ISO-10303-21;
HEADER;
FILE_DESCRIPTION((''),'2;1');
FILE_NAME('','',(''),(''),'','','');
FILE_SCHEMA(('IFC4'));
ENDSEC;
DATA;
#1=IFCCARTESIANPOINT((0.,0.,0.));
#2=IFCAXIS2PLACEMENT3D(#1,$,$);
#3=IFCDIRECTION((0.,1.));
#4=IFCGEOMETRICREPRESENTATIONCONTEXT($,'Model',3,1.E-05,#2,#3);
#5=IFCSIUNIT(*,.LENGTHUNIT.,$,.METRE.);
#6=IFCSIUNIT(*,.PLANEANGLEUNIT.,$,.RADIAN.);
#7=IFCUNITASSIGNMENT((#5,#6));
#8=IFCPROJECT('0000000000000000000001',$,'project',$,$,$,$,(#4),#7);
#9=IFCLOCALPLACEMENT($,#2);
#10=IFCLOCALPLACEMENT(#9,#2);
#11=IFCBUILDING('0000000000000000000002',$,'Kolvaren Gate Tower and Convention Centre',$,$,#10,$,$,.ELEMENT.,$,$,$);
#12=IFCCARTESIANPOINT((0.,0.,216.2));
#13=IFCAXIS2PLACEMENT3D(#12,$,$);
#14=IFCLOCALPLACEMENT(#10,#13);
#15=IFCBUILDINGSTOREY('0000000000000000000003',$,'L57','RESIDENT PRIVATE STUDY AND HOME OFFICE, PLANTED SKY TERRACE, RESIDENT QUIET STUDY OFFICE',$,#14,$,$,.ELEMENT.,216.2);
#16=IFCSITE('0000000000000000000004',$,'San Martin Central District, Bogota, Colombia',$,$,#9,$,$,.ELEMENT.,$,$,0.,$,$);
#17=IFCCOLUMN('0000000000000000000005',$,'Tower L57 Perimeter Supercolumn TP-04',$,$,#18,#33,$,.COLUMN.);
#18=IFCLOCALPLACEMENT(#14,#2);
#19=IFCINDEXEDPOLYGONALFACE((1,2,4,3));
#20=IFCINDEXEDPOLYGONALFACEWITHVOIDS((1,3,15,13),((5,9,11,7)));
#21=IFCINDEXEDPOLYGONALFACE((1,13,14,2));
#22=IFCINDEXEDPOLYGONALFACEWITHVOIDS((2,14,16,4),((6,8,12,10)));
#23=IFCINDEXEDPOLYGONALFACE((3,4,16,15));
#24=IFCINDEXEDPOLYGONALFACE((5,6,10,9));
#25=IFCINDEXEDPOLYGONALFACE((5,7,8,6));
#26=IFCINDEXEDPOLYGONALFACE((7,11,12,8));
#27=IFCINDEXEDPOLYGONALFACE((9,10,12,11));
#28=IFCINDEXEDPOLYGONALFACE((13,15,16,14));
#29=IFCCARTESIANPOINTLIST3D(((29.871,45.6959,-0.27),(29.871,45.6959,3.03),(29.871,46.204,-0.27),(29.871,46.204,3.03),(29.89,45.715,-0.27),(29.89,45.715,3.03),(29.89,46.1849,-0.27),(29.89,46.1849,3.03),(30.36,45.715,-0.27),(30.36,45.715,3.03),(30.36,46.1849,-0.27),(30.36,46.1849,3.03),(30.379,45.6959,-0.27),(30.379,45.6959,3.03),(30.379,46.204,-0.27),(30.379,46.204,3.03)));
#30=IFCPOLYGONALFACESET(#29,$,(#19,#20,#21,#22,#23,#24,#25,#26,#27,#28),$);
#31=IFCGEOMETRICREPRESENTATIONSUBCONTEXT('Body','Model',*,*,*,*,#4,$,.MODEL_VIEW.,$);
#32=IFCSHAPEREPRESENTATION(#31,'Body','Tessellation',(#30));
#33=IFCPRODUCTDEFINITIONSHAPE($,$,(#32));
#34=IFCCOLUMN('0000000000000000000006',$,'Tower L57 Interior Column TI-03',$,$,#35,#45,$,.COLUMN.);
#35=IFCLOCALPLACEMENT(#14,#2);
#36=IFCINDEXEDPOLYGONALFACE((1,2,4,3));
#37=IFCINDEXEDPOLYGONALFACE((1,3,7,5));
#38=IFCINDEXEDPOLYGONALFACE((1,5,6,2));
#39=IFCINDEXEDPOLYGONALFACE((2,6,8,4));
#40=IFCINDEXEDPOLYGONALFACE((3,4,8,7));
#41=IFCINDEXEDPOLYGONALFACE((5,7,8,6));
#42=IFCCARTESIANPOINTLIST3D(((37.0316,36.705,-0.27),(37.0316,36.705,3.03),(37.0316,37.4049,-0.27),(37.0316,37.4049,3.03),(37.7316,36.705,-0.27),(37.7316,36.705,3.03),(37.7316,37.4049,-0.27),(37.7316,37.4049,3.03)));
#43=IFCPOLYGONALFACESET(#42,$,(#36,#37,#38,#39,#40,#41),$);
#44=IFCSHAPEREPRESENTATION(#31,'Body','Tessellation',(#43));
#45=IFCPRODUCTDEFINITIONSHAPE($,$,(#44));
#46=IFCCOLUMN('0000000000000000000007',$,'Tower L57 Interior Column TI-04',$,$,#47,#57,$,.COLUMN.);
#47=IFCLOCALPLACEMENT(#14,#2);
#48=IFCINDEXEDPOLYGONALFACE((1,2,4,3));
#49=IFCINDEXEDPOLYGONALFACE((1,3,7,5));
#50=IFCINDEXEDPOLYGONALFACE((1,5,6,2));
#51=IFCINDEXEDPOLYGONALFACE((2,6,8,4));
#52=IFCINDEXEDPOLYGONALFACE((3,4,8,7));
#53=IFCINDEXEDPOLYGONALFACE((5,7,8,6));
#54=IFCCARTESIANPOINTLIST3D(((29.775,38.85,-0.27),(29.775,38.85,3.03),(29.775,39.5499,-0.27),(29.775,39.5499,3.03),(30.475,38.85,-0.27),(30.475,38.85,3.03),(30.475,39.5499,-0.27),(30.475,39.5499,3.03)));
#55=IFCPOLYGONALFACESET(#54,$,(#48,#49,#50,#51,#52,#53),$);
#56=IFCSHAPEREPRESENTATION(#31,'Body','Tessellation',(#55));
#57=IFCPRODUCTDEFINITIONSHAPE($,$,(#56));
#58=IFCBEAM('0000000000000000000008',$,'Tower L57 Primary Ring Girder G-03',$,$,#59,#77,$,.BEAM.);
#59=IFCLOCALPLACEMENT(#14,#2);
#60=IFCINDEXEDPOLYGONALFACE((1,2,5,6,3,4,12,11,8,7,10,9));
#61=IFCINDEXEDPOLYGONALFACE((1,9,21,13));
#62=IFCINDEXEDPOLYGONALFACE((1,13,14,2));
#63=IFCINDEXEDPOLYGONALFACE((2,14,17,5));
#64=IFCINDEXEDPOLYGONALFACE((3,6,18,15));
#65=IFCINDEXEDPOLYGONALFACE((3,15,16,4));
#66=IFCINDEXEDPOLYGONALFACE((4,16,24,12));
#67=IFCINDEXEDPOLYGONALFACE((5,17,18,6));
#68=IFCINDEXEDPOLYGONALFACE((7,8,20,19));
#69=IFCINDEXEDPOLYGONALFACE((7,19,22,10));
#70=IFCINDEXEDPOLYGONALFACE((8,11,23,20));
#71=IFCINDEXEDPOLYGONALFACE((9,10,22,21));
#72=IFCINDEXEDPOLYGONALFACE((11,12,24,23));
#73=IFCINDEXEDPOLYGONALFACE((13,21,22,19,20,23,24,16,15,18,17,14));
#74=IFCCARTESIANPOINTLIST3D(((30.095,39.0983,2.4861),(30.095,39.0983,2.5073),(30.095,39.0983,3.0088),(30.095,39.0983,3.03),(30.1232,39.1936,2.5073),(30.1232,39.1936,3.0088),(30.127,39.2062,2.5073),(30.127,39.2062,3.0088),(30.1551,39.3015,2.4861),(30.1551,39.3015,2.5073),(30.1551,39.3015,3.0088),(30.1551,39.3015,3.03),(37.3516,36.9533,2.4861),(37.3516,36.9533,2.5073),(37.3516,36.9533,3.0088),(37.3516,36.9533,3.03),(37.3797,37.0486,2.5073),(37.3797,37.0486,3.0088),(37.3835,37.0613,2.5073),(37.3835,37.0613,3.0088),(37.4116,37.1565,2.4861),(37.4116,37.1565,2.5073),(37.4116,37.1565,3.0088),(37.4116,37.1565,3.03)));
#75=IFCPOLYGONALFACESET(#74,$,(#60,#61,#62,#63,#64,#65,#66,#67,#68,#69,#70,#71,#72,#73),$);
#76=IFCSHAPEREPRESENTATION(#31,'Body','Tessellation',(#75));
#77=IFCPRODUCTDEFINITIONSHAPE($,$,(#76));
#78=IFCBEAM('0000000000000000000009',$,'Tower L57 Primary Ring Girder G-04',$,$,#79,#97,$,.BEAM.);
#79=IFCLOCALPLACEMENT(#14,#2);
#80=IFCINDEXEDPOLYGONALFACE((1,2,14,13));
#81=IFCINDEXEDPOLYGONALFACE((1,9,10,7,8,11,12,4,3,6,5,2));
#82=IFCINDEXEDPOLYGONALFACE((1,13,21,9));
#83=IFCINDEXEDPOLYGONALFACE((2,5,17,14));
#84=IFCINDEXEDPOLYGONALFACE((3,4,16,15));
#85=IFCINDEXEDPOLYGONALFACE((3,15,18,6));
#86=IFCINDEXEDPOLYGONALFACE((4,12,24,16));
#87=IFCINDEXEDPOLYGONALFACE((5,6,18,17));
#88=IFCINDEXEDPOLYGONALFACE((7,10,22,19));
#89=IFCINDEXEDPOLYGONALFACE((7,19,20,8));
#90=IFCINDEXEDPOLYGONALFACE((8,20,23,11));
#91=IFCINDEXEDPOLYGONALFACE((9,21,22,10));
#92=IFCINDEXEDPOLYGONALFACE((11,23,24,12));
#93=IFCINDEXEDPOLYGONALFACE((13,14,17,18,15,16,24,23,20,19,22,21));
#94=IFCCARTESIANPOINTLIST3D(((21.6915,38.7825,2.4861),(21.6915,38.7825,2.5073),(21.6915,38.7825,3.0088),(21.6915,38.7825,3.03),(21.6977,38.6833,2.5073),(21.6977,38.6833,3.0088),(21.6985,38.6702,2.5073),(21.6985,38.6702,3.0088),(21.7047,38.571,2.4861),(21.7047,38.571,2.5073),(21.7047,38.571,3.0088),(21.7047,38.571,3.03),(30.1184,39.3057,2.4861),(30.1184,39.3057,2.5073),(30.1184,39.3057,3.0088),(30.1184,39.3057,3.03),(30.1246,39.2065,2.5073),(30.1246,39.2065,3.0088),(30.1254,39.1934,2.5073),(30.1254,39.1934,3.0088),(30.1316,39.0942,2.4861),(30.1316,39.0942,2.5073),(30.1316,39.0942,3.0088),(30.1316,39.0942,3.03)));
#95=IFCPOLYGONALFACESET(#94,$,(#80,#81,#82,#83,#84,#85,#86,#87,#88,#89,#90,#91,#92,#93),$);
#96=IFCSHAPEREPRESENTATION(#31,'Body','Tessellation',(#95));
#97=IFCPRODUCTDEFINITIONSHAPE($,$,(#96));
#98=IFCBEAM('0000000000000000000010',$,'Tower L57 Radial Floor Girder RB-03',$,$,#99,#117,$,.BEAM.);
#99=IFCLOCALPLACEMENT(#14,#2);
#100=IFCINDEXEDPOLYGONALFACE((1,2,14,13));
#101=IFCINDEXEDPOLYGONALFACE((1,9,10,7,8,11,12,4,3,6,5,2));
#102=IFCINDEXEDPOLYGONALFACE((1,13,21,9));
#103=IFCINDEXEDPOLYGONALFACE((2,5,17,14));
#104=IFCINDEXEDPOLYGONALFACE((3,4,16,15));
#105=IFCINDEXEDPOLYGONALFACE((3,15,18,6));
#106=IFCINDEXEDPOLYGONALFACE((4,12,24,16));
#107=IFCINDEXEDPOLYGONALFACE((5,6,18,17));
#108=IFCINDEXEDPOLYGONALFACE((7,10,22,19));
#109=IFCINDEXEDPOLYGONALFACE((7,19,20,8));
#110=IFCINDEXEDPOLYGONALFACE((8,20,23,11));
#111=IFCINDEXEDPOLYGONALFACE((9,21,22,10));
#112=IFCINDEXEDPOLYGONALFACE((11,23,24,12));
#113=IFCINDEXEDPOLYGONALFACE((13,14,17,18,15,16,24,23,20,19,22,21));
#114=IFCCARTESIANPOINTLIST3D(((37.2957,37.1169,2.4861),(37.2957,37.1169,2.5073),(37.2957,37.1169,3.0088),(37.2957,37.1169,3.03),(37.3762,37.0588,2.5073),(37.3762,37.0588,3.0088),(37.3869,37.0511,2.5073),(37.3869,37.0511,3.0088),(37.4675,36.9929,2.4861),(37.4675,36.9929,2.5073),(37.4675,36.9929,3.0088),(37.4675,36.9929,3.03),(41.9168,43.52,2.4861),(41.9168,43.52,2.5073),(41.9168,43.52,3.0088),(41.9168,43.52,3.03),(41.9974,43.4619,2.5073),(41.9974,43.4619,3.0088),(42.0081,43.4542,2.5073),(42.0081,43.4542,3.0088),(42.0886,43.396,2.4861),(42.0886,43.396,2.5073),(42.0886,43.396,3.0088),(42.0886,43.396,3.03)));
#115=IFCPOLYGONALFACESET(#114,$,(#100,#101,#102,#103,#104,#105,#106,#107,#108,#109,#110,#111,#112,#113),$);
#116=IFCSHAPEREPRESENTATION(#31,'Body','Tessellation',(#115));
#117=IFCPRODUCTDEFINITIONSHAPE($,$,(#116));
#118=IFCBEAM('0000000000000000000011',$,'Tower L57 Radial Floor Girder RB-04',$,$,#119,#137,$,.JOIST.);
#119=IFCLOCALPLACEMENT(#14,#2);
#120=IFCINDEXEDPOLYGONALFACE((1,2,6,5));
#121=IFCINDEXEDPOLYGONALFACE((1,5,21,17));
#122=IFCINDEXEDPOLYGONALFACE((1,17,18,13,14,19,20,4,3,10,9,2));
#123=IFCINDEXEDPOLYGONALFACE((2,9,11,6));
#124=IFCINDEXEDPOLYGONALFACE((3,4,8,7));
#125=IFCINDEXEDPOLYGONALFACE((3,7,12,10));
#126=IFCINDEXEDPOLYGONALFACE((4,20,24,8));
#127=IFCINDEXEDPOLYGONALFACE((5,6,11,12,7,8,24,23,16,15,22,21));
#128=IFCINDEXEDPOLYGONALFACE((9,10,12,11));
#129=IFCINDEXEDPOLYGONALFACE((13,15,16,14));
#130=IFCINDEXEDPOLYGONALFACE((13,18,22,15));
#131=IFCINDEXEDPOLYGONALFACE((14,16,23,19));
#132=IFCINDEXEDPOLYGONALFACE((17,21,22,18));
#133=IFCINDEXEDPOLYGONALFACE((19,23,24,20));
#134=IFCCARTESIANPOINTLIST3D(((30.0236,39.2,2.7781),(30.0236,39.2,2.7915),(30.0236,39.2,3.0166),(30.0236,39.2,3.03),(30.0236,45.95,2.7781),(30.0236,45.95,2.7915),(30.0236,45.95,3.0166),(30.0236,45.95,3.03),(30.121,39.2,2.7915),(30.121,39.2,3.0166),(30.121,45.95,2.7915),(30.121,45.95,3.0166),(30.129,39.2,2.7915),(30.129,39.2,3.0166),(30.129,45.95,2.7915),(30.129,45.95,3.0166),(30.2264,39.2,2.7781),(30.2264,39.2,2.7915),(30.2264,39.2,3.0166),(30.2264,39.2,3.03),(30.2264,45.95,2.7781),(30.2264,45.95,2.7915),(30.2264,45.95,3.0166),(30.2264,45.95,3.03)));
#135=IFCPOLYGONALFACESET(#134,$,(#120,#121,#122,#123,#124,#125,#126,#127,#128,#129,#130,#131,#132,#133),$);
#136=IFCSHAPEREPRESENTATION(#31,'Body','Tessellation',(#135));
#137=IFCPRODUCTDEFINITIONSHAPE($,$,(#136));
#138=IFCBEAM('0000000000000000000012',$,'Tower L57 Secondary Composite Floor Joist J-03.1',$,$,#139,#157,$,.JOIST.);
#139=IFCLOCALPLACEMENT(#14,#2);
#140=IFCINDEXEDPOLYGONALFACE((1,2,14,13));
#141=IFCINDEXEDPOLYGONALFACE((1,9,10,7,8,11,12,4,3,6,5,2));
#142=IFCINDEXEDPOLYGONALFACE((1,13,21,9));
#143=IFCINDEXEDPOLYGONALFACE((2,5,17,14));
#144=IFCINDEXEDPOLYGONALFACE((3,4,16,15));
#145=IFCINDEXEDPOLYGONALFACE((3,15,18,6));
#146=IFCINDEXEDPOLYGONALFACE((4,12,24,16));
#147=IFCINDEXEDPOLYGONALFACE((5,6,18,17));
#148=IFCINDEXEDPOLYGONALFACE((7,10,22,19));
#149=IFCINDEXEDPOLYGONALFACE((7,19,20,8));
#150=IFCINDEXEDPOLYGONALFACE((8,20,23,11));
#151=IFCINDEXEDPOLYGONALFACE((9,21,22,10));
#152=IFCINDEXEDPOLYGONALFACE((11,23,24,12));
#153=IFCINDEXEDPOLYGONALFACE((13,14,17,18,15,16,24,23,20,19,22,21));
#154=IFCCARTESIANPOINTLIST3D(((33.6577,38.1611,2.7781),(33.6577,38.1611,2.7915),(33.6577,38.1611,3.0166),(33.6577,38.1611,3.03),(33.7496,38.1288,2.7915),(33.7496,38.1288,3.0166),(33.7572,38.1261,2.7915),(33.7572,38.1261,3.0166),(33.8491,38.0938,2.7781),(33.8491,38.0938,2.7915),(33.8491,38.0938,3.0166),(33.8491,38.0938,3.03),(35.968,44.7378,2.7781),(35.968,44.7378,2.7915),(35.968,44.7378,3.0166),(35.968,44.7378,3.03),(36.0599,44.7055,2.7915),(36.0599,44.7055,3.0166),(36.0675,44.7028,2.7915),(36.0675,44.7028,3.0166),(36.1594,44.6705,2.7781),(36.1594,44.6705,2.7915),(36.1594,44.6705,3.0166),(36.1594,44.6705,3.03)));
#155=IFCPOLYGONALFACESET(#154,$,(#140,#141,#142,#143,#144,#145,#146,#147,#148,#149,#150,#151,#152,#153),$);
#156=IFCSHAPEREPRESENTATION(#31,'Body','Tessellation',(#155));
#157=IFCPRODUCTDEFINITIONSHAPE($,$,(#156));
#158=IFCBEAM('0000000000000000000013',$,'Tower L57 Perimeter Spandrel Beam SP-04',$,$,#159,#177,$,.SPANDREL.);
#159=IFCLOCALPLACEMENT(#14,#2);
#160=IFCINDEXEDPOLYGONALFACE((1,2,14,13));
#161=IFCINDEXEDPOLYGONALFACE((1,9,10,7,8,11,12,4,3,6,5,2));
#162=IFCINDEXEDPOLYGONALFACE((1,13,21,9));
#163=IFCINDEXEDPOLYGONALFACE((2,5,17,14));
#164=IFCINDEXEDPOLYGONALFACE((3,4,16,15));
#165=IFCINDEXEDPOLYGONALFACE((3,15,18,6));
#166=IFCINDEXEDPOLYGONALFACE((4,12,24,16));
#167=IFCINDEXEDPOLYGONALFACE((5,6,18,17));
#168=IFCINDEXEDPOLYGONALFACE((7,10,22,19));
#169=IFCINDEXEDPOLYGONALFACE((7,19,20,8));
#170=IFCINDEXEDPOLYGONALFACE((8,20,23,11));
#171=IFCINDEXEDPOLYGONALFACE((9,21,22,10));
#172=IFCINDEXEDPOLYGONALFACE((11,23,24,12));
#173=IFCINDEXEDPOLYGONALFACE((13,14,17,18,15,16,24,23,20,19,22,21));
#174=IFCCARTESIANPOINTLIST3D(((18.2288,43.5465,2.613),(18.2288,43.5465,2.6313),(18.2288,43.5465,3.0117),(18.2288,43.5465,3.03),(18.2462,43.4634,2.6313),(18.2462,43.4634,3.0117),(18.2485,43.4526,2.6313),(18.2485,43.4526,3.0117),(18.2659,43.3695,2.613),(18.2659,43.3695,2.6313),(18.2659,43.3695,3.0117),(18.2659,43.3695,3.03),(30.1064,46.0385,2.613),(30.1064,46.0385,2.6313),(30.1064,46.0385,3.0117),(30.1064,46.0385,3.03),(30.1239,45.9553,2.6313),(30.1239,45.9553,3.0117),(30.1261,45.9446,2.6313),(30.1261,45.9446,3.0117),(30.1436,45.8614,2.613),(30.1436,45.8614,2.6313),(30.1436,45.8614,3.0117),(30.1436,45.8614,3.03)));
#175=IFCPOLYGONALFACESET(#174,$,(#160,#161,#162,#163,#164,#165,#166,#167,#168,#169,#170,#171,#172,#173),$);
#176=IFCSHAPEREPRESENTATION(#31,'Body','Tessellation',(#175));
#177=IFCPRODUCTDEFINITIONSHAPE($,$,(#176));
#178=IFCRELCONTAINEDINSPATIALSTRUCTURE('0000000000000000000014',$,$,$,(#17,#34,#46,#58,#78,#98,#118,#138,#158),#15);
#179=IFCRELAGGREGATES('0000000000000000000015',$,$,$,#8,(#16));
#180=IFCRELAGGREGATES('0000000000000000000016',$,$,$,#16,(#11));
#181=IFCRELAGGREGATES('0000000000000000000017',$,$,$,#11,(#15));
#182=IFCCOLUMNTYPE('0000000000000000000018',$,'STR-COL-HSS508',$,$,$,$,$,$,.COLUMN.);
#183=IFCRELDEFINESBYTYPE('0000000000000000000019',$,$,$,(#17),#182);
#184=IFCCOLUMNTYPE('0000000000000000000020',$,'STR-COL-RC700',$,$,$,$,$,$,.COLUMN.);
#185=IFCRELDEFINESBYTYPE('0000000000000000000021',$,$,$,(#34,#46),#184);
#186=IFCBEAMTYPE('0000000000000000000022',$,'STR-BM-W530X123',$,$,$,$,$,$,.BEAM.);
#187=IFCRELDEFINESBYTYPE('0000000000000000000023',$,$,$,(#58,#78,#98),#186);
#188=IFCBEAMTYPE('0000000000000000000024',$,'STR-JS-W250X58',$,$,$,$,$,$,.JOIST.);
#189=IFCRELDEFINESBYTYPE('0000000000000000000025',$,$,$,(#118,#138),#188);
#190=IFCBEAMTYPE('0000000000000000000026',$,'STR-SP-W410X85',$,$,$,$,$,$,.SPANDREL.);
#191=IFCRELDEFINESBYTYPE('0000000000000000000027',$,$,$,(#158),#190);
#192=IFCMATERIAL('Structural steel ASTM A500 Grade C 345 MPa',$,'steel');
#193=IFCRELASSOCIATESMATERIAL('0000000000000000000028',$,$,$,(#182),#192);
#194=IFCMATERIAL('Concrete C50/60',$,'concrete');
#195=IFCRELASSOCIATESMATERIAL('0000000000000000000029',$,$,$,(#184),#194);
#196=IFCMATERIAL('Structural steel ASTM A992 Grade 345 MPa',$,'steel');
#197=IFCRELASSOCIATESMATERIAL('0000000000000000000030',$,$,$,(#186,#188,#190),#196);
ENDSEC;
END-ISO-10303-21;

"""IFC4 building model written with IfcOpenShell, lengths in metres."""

from ifc_helpers import new_model, si_unit, direction, frame, origin, origin_2d, place, context, subcontext, project, spatial, rectangle, hollow_rectangle, i_section, extrude, material, material_profile, profile_set, type_object, element, save


model = new_model("IFC4")

# Units and contexts
model_context = context("Model", 3, precision=1e-05, world=origin(), true_north=direction((0.0, 1.0)))
body_context = subcontext(model_context, "Body", "Model", "MODEL_VIEW")
ifc_project = project(units=[si_unit("LENGTHUNIT", "METRE"), si_unit("PLANEANGLEUNIT", "RADIAN")], contexts=[model_context])

# Site, building, storey
site_placement = place(None, origin())
site = spatial("IfcSite", under=ifc_project, at=site_placement, Name="San Martin Central District, Bogota, Colombia", CompositionType="ELEMENT", RefElevation=0.0)
building_placement = place(site_placement, origin())
building = spatial("IfcBuilding", under=site, at=building_placement, Name="Kolvaren Gate Tower and Convention Centre", CompositionType="ELEMENT")
storey_placement = place(building_placement, frame((0.0, 0.0, 216.2)))
storey = spatial("IfcBuildingStorey", under=building, at=storey_placement, Name="L57", Description="RESIDENT PRIVATE STUDY AND HOME OFFICE, PLANTED SKY TERRACE, RESIDENT QUIET STUDY OFFICE", CompositionType="ELEMENT", Elevation=216.2)

# Columns
ifc_material_1 = material(Name="Structural steel ASTM A500 Grade C 345 MPa", Category="steel")
ifc_material_profile_1 = material_profile(ifc_material_1, hollow_rectangle(XDim=0.5081, YDim=0.5081, WallThickness=0.019, at=origin_2d()), Name="HSS508X508X19.1")
ifc_profile_set_1 = profile_set([ifc_material_profile_1], Name="Structural steel ASTM A500 Grade C 345 MPa")
column_type_1 = type_object("IfcColumnType", Name="STR-COL-HSS508", PredefinedType="COLUMN", material=ifc_profile_set_1)
column_placement = place(storey_placement, frame((30.125, 45.95, -0.27), z_axis=(0.0, 0.0, 1.0), x_axis=(1.0, 0.0, 0.0)))
element("IfcColumn", 1, at=column_placement, inside=storey, type_object=column_type_1, Name="Tower L57 Perimeter Supercolumn TP-04", PredefinedType="COLUMN", context=body_context, shape_type="SweptSolid", body=[
    extrude(hollow_rectangle(XDim=0.5081, YDim=0.5081, WallThickness=0.019, at=origin_2d()), origin(), (0.0, 0.0, 1.0), 3.3),
])
ifc_material_2 = material(Name="Concrete C50/60", Category="concrete")
ifc_material_profile_2 = material_profile(ifc_material_2, rectangle(XDim=0.7, YDim=0.7, at=origin_2d()), Name="RC-COL-700X700")
ifc_profile_set_2 = profile_set([ifc_material_profile_2], Name="Concrete C50/60")
column_type_2 = type_object("IfcColumnType", Name="STR-COL-RC700", PredefinedType="COLUMN", material=ifc_profile_set_2)
for number, where, z_axis, x_axis, name in (
    (2, (37.3816, 37.0549, -0.27), (0.0, 0.0, 1.0), (1.0, 0.0, 0.0), "Tower L57 Interior Column TI-03"),
    (3, (30.125, 39.2, -0.27), (0.0, 0.0, 1.0), (1.0, 0.0, 0.0), "Tower L57 Interior Column TI-04"),
):
    element("IfcColumn", number, at=place(storey_placement, frame(where, z_axis=z_axis, x_axis=x_axis)), inside=storey, type_object=column_type_2, Name=name, PredefinedType="COLUMN", context=body_context, shape_type="SweptSolid", body=[
        extrude(rectangle(XDim=0.7, YDim=0.7, at=origin_2d()), origin(), (0.0, 0.0, 1.0), 3.3),
    ])

# Beams
ifc_material_3 = material(Name="Structural steel ASTM A992 Grade 345 MPa", Category="steel")
ifc_material_profile_3 = material_profile(ifc_material_3, i_section(OverallWidth=0.2119, OverallDepth=0.5439, WebThickness=0.0132, FlangeThickness=0.0212, at=origin_2d()), Name="W530X123")
ifc_profile_set_3 = profile_set([ifc_material_profile_3], Name="Structural steel ASTM A992 Grade 345 MPa")
beam_type_1 = type_object("IfcBeamType", Name="STR-BM-W530X123", PredefinedType="BEAM", material=ifc_profile_set_3)
beam_1_placement = place(storey_placement, frame((37.3816, 37.0549, 2.7581), z_axis=(-0.958981, 0.283471, 0.0), x_axis=(-0.283471, -0.958981, 0.0)))
element("IfcBeam", 4, at=beam_1_placement, inside=storey, type_object=beam_type_1, Name="Tower L57 Primary Ring Girder G-03", PredefinedType="BEAM", context=body_context, shape_type="SweptSolid", body=[
    extrude(i_section(OverallWidth=0.2119, OverallDepth=0.5439, WebThickness=0.0132, FlangeThickness=0.0212, at=origin_2d()), origin(), (0.0, 0.0, 1.0), 7.5669),
])
beam_2_placement = place(storey_placement, frame((30.125, 39.2, 2.7581), z_axis=(-0.998078, -0.061966, 0.0), x_axis=(0.061966, -0.998078, 0.0)))
element("IfcBeam", 5, at=beam_2_placement, inside=storey, type_object=beam_type_1, Name="Tower L57 Primary Ring Girder G-04", PredefinedType="BEAM", context=body_context, shape_type="SweptSolid", body=[
    extrude(i_section(OverallWidth=0.2119, OverallDepth=0.5439, WebThickness=0.0132, FlangeThickness=0.0212, at=origin_2d()), origin(), (0.0, 0.0, 1.0), 8.4431),
])
beam_3_placement = place(storey_placement, frame((37.3816, 37.0549, 2.7581), z_axis=(0.585212, 0.810881, 0.0), x_axis=(-0.810881, 0.585212, 0.0)))
element("IfcBeam", 6, at=beam_3_placement, inside=storey, type_object=beam_type_1, Name="Tower L57 Radial Floor Girder RB-03", PredefinedType="BEAM", context=body_context, shape_type="SweptSolid", body=[
    extrude(i_section(OverallWidth=0.2119, OverallDepth=0.5439, WebThickness=0.0132, FlangeThickness=0.0212, at=origin_2d()), origin(), (0.0, 0.0, 1.0), 7.8965),
])
ifc_material_profile_4 = material_profile(ifc_material_3, i_section(OverallWidth=0.2029, OverallDepth=0.252, WebThickness=0.0081, FlangeThickness=0.0134, at=origin_2d()), Name="W250X58")
ifc_profile_set_4 = profile_set([ifc_material_profile_4], Name="Structural steel ASTM A992 Grade 345 MPa")
beam_type_2 = type_object("IfcBeamType", Name="STR-JS-W250X58", PredefinedType="JOIST", material=ifc_profile_set_4)
beam_4_placement = place(storey_placement, frame((30.125, 39.2, 2.9041), z_axis=(0.0, 1.0, 0.0), x_axis=(-1.0, 0.0, 0.0)))
element("IfcBeam", 7, at=beam_4_placement, inside=storey, type_object=beam_type_2, Name="Tower L57 Radial Floor Girder RB-04", PredefinedType="JOIST", context=body_context, shape_type="SweptSolid", body=[
    extrude(i_section(OverallWidth=0.2029, OverallDepth=0.252, WebThickness=0.0081, FlangeThickness=0.0134, at=origin_2d()), origin(), (0.0, 0.0, 1.0), 6.75),
])
beam_5_placement = place(storey_placement, frame((33.7534, 38.1274, 2.9041), z_axis=(0.331433, 0.943479, 0.0), x_axis=(-0.943479, 0.331433, 0.0)))
element("IfcBeam", 8, at=beam_5_placement, inside=storey, type_object=beam_type_2, Name="Tower L57 Secondary Composite Floor Joist J-03.1", PredefinedType="JOIST", context=body_context, shape_type="SweptSolid", body=[
    extrude(i_section(OverallWidth=0.2029, OverallDepth=0.252, WebThickness=0.0081, FlangeThickness=0.0134, at=origin_2d()), origin(), (0.0, 0.0, 1.0), 6.9707),
])
ifc_material_profile_5 = material_profile(ifc_material_3, i_section(OverallWidth=0.1809, OverallDepth=0.417, WebThickness=0.011, FlangeThickness=0.0183, at=origin_2d()), Name="W410X85")
ifc_profile_set_5 = profile_set([ifc_material_profile_5], Name="Structural steel ASTM A992 Grade 345 MPa")
beam_type_3 = type_object("IfcBeamType", Name="STR-SP-W410X85", PredefinedType="SPANDREL", material=ifc_profile_set_5)
beam_6_placement = place(storey_placement, frame((30.125, 45.95, 2.8215), z_axis=(-0.978693, -0.20533, 0.0), x_axis=(0.20533, -0.978693, 0.0)))
element("IfcBeam", 9, at=beam_6_placement, inside=storey, type_object=beam_type_3, Name="Tower L57 Perimeter Spandrel Beam SP-04", PredefinedType="SPANDREL", context=body_context, shape_type="SweptSolid", body=[
    extrude(i_section(OverallWidth=0.1809, OverallDepth=0.417, WebThickness=0.011, FlangeThickness=0.0183, at=origin_2d()), origin(), (0.0, 0.0, 1.0), 12.1362),
])

save(model, "model.ifc")
